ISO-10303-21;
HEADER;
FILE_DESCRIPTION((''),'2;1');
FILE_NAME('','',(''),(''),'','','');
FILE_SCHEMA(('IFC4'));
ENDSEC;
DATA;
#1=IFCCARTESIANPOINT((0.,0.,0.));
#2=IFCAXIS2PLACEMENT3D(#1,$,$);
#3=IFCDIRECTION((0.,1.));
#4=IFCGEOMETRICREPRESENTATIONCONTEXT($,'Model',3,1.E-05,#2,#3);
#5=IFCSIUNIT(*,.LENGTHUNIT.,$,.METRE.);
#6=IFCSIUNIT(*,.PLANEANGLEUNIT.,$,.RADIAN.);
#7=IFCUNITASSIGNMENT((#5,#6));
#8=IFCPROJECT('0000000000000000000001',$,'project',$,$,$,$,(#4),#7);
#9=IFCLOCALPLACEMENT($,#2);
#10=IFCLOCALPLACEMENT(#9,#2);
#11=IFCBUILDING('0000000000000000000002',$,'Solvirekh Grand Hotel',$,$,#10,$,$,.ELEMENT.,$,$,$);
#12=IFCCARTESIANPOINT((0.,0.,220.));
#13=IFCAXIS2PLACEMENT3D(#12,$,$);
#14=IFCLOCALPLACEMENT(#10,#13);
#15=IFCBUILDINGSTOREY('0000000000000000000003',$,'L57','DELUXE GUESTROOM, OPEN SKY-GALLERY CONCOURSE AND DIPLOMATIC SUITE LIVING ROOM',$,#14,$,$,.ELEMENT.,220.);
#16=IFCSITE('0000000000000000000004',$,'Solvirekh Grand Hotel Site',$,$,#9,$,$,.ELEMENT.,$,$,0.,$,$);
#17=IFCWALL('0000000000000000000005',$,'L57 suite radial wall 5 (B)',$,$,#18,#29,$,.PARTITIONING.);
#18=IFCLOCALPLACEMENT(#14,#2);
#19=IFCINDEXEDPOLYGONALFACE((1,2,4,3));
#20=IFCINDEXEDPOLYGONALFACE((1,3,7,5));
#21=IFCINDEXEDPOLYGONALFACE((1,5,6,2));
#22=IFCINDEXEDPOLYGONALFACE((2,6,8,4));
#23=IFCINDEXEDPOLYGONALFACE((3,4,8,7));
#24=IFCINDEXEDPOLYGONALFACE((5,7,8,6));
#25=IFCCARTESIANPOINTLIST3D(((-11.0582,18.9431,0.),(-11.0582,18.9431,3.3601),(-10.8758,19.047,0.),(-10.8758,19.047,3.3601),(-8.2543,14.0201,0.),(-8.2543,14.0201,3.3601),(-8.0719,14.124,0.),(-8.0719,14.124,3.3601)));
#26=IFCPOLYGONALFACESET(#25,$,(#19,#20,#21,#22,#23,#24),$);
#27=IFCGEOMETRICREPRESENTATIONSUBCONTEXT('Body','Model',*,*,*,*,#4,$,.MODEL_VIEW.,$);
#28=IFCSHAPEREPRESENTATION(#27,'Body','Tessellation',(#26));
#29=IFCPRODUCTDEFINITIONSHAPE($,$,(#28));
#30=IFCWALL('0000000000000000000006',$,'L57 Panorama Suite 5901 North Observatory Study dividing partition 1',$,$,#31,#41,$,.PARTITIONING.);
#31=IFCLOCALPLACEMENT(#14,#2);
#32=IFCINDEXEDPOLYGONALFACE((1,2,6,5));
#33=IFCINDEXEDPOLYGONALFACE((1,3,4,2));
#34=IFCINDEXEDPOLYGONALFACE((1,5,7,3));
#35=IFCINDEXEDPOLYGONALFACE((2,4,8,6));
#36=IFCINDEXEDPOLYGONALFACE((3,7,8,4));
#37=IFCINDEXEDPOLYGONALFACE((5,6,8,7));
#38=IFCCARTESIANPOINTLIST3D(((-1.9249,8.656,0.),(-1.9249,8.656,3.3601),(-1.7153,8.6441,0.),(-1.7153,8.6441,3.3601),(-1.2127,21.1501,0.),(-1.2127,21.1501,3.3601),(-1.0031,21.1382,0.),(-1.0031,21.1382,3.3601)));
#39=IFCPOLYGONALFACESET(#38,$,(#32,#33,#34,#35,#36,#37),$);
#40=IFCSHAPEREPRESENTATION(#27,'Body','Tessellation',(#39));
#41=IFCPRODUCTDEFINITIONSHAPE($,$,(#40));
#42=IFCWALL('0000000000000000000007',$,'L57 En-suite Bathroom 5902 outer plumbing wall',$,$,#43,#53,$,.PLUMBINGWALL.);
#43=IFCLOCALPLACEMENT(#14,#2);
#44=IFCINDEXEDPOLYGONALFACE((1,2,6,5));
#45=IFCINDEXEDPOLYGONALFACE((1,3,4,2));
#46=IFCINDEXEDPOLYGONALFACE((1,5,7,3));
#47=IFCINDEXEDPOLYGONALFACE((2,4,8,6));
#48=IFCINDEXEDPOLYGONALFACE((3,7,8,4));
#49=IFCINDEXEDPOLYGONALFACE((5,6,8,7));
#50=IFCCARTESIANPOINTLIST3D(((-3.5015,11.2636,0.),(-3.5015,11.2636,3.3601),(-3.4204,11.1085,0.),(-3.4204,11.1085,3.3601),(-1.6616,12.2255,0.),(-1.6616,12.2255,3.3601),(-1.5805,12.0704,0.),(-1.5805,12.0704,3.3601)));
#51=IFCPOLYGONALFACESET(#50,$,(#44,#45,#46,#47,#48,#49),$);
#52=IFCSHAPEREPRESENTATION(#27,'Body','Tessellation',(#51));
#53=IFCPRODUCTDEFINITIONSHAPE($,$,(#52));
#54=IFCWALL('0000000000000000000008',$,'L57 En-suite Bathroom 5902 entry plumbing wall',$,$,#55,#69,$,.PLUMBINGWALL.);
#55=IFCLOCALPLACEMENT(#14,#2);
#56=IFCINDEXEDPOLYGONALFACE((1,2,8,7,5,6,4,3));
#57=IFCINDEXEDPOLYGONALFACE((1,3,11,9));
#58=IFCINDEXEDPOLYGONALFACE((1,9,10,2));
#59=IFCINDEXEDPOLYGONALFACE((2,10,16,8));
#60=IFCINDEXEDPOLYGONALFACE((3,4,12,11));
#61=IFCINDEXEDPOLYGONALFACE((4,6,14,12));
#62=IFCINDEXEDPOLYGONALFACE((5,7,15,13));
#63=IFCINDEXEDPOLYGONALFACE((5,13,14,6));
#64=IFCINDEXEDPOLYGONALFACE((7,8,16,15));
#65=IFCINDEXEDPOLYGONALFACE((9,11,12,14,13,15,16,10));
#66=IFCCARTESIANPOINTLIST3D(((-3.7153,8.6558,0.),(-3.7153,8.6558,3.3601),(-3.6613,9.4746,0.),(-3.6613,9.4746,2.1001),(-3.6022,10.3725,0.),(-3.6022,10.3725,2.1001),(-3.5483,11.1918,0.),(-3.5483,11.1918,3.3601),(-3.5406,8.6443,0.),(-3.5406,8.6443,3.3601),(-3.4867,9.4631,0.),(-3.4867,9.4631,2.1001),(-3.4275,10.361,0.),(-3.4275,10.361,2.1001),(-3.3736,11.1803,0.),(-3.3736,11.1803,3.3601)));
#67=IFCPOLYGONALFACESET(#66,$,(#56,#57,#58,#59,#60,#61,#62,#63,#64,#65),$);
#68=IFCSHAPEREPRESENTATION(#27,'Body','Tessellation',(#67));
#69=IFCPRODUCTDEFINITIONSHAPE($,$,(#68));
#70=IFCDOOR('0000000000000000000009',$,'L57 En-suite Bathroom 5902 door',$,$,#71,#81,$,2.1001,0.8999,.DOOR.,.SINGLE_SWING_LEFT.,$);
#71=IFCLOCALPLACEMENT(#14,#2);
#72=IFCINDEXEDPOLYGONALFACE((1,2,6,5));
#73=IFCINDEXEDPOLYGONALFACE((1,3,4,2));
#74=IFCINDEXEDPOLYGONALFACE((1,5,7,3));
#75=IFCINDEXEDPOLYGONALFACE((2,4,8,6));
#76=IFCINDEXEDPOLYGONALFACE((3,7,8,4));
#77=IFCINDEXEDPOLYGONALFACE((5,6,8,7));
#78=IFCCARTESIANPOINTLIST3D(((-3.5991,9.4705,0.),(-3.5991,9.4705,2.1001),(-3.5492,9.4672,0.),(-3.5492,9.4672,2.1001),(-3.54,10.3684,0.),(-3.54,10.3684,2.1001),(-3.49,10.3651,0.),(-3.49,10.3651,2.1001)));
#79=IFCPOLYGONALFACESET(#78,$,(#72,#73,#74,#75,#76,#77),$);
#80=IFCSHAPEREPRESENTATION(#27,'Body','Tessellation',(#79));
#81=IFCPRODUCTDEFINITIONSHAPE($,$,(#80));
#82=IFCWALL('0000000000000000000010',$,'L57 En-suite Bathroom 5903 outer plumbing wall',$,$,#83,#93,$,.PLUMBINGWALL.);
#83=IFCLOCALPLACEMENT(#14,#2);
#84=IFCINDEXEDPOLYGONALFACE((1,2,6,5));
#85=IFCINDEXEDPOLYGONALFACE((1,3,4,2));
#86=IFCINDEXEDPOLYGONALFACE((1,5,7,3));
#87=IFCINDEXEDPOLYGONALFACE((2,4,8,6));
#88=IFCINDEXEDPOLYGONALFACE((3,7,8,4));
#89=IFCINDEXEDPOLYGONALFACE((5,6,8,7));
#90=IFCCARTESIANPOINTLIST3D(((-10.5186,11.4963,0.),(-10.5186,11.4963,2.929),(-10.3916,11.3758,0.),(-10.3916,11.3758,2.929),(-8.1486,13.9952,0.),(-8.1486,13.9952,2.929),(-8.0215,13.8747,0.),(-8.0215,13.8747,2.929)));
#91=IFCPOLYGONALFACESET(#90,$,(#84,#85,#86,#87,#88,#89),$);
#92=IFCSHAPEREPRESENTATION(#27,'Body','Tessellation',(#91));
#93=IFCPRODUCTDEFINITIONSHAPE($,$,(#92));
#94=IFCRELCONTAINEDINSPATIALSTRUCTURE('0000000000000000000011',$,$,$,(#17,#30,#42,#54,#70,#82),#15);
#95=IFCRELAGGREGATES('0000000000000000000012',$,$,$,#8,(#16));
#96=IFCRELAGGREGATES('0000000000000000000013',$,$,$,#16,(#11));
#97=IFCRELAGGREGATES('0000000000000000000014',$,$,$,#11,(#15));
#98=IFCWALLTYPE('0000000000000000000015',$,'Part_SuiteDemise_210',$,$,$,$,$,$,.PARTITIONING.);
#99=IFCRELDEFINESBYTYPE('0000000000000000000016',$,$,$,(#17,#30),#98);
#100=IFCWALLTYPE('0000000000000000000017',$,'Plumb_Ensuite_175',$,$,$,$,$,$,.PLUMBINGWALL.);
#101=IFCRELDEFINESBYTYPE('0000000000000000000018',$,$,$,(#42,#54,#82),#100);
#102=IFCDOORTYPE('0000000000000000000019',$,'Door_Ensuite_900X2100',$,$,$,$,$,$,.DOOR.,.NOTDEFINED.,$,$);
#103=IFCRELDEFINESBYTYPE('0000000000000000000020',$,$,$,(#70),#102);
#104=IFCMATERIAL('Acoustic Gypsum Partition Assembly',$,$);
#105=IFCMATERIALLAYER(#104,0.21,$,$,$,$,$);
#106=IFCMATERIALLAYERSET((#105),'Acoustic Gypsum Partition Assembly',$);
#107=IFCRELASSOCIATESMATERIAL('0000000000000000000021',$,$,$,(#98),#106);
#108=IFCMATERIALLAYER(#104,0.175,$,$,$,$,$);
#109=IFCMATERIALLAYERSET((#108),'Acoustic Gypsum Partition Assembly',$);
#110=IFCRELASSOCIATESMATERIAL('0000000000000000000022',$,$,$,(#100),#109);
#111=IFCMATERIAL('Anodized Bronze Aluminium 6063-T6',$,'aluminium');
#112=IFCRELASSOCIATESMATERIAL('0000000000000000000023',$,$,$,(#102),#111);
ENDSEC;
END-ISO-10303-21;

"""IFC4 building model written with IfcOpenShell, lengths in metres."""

from ifc_helpers import new_model, si_unit, direction, frame, frame_2d, origin, place, context, subcontext, project, spatial, rectangle, extrude, material, layer, layer_set, type_object, element, fill, save


model = new_model("IFC4")

# Units and contexts
model_context = context("Model", 3, precision=1e-05, world=origin(), true_north=direction((0.0, 1.0)))
body_context = subcontext(model_context, "Body", "Model", "MODEL_VIEW")
ifc_project = project(units=[si_unit("LENGTHUNIT", "METRE"), si_unit("PLANEANGLEUNIT", "RADIAN")], contexts=[model_context])

# Site, building, storey
site_placement = place(None, origin())
site = spatial("IfcSite", under=ifc_project, at=site_placement, Name="Solvirekh Grand Hotel Site", CompositionType="ELEMENT", RefElevation=0.0)
building_placement = place(site_placement, origin())
building = spatial("IfcBuilding", under=site, at=building_placement, Name="Solvirekh Grand Hotel", CompositionType="ELEMENT")
storey_placement = place(building_placement, frame((0.0, 0.0, 220.0)))
storey = spatial("IfcBuildingStorey", under=building, at=storey_placement, Name="L57", Description="DELUXE GUESTROOM, OPEN SKY-GALLERY CONCOURSE AND DIPLOMATIC SUITE LIVING ROOM", CompositionType="ELEMENT", Elevation=220.0)

# Shared definitions
ifc_material_1 = material(Name="Anodized Bronze Aluminium 6063-T6", Category="aluminium")

# Shared definitions
ifc_material_2 = material(Name="Acoustic Gypsum Partition Assembly")

# Walls
ifc_layer_1 = layer(ifc_material_2, 0.21)
ifc_layer_set_1 = layer_set([ifc_layer_1], Name="Acoustic Gypsum Partition Assembly")
wall_type_1 = type_object("IfcWallType", Name="Part_SuiteDemise_210", PredefinedType="PARTITIONING", material=ifc_layer_set_1)
wall_1_placement = place(storey_placement, frame((-8.1631, 14.072, 0.0), z_axis=(0.0, 0.0, 1.0), x_axis=(-0.494909, 0.868945, 0.0)))
element("IfcWall", 1, at=wall_1_placement, inside=storey, type_object=wall_type_1, Name="L57 suite radial wall 5 (B)", PredefinedType="PARTITIONING", context=body_context, shape_type="SweptSolid", body=[
    extrude(rectangle(XDim=5.6655, YDim=0.21, at=frame_2d((2.8328, 0.0))), origin(), (0.0, 0.0, 1.0), 3.3601),
])
wall_2_placement = place(storey_placement, frame((-1.8201, 8.6499, 0.0), z_axis=(0.0, 0.0, 1.0), x_axis=(0.056907, 0.998379, 0.0)))
element("IfcWall", 2, at=wall_2_placement, inside=storey, type_object=wall_type_1, Name="L57 Panorama Suite 5901 North Observatory Study dividing partition 1", PredefinedType="PARTITIONING", context=body_context, shape_type="SweptSolid", body=[
    extrude(rectangle(XDim=12.5144, YDim=0.21, at=frame_2d((6.2573, 0.0))), origin(), (0.0, 0.0, 1.0), 3.3601),
])
ifc_layer_2 = layer(ifc_material_2, 0.175)
ifc_layer_set_2 = layer_set([ifc_layer_2], Name="Acoustic Gypsum Partition Assembly")
wall_type_2 = type_object("IfcWallType", Name="Plumb_Ensuite_175", PredefinedType="PLUMBINGWALL", material=ifc_layer_set_2)
wall_3_placement = place(storey_placement, frame((-3.4609, 11.186, 0.0), z_axis=(0.0, 0.0, 1.0), x_axis=(0.88619, 0.463321, 0.0)))
element("IfcWall", 3, at=wall_3_placement, inside=storey, type_object=wall_type_2, Name="L57 En-suite Bathroom 5902 outer plumbing wall", PredefinedType="PLUMBINGWALL", context=body_context, shape_type="SweptSolid", body=[
    extrude(rectangle(XDim=2.0762, YDim=0.175, at=frame_2d((1.0381, 0.0))), origin(), (0.0, 0.0, 1.0), 3.3601),
])

# Wall, opening, door
wall_4_placement = place(storey_placement, frame((-3.4609, 11.186, 0.0), z_axis=(0.0, 0.0, 1.0), x_axis=(-0.065703, -0.997839, 0.0)))
wall_4 = element("IfcWall", 4, at=wall_4_placement, inside=storey, type_object=wall_type_2, Name="L57 En-suite Bathroom 5902 entry plumbing wall", PredefinedType="PLUMBINGWALL", context=body_context, shape_type="SweptSolid", body=[
    extrude(rectangle(XDim=2.5415, YDim=0.175, at=frame_2d((1.2708, 0.0))), origin(), (0.0, 0.0, 1.0), 3.3601),
])
opening_1_placement = place(wall_4_placement, frame((0.821, 0.0, 0.0)))
opening_1 = element("IfcOpeningElement", 5, at=opening_1_placement, cuts=wall_4, PredefinedType="OPENING", context=body_context, shape_type="SweptSolid", body=[
    extrude(rectangle(XDim=0.8999, YDim=2.1001, at=frame_2d((0.45, 1.05))), frame((0.0, 0.0977, 0.0), z_axis=(0.0, -1.0, 0.0), x_axis=(1.0, 0.0, 0.0)), (0.0, 0.0, 1.0), 0.1951),
])
door_type_1 = type_object("IfcDoorType", Name="Door_Ensuite_900X2100", OperationType="NOTDEFINED", PredefinedType="DOOR", material=ifc_material_1)
door_1_placement = place(opening_1_placement, origin())
door_1 = element("IfcDoor", 6, at=door_1_placement, inside=storey, type_object=door_type_1, Name="L57 En-suite Bathroom 5902 door", OperationType="SINGLE_SWING_LEFT", OverallHeight=2.1001, OverallWidth=0.8999, PredefinedType="DOOR", context=body_context, shape_type="SweptSolid", body=[
    extrude(rectangle(XDim=0.8999, YDim=2.1001, at=frame_2d((0.45, 1.05))), frame((0.0, 0.0249, 0.0), z_axis=(0.0, -1.0, 0.0), x_axis=(1.0, 0.0, 0.0)), (0.0, 0.0, 1.0), 0.05),
])
fill(opening_1, door_1)

# Wall
wall_5_placement = place(storey_placement, frame((-8.085, 13.9351, 0.0), z_axis=(0.0, 0.0, 1.0), x_axis=(-0.688146, -0.725573, 0.0)))
element("IfcWall", 7, at=wall_5_placement, inside=storey, type_object=wall_type_2, Name="L57 En-suite Bathroom 5903 outer plumbing wall", PredefinedType="PLUMBINGWALL", context=body_context, shape_type="SweptSolid", body=[
    extrude(rectangle(XDim=3.4441, YDim=0.175, at=frame_2d((1.7222, 0.0))), origin(), (0.0, 0.0, 1.0), 2.929),
])

save(model, "model.ifc")
